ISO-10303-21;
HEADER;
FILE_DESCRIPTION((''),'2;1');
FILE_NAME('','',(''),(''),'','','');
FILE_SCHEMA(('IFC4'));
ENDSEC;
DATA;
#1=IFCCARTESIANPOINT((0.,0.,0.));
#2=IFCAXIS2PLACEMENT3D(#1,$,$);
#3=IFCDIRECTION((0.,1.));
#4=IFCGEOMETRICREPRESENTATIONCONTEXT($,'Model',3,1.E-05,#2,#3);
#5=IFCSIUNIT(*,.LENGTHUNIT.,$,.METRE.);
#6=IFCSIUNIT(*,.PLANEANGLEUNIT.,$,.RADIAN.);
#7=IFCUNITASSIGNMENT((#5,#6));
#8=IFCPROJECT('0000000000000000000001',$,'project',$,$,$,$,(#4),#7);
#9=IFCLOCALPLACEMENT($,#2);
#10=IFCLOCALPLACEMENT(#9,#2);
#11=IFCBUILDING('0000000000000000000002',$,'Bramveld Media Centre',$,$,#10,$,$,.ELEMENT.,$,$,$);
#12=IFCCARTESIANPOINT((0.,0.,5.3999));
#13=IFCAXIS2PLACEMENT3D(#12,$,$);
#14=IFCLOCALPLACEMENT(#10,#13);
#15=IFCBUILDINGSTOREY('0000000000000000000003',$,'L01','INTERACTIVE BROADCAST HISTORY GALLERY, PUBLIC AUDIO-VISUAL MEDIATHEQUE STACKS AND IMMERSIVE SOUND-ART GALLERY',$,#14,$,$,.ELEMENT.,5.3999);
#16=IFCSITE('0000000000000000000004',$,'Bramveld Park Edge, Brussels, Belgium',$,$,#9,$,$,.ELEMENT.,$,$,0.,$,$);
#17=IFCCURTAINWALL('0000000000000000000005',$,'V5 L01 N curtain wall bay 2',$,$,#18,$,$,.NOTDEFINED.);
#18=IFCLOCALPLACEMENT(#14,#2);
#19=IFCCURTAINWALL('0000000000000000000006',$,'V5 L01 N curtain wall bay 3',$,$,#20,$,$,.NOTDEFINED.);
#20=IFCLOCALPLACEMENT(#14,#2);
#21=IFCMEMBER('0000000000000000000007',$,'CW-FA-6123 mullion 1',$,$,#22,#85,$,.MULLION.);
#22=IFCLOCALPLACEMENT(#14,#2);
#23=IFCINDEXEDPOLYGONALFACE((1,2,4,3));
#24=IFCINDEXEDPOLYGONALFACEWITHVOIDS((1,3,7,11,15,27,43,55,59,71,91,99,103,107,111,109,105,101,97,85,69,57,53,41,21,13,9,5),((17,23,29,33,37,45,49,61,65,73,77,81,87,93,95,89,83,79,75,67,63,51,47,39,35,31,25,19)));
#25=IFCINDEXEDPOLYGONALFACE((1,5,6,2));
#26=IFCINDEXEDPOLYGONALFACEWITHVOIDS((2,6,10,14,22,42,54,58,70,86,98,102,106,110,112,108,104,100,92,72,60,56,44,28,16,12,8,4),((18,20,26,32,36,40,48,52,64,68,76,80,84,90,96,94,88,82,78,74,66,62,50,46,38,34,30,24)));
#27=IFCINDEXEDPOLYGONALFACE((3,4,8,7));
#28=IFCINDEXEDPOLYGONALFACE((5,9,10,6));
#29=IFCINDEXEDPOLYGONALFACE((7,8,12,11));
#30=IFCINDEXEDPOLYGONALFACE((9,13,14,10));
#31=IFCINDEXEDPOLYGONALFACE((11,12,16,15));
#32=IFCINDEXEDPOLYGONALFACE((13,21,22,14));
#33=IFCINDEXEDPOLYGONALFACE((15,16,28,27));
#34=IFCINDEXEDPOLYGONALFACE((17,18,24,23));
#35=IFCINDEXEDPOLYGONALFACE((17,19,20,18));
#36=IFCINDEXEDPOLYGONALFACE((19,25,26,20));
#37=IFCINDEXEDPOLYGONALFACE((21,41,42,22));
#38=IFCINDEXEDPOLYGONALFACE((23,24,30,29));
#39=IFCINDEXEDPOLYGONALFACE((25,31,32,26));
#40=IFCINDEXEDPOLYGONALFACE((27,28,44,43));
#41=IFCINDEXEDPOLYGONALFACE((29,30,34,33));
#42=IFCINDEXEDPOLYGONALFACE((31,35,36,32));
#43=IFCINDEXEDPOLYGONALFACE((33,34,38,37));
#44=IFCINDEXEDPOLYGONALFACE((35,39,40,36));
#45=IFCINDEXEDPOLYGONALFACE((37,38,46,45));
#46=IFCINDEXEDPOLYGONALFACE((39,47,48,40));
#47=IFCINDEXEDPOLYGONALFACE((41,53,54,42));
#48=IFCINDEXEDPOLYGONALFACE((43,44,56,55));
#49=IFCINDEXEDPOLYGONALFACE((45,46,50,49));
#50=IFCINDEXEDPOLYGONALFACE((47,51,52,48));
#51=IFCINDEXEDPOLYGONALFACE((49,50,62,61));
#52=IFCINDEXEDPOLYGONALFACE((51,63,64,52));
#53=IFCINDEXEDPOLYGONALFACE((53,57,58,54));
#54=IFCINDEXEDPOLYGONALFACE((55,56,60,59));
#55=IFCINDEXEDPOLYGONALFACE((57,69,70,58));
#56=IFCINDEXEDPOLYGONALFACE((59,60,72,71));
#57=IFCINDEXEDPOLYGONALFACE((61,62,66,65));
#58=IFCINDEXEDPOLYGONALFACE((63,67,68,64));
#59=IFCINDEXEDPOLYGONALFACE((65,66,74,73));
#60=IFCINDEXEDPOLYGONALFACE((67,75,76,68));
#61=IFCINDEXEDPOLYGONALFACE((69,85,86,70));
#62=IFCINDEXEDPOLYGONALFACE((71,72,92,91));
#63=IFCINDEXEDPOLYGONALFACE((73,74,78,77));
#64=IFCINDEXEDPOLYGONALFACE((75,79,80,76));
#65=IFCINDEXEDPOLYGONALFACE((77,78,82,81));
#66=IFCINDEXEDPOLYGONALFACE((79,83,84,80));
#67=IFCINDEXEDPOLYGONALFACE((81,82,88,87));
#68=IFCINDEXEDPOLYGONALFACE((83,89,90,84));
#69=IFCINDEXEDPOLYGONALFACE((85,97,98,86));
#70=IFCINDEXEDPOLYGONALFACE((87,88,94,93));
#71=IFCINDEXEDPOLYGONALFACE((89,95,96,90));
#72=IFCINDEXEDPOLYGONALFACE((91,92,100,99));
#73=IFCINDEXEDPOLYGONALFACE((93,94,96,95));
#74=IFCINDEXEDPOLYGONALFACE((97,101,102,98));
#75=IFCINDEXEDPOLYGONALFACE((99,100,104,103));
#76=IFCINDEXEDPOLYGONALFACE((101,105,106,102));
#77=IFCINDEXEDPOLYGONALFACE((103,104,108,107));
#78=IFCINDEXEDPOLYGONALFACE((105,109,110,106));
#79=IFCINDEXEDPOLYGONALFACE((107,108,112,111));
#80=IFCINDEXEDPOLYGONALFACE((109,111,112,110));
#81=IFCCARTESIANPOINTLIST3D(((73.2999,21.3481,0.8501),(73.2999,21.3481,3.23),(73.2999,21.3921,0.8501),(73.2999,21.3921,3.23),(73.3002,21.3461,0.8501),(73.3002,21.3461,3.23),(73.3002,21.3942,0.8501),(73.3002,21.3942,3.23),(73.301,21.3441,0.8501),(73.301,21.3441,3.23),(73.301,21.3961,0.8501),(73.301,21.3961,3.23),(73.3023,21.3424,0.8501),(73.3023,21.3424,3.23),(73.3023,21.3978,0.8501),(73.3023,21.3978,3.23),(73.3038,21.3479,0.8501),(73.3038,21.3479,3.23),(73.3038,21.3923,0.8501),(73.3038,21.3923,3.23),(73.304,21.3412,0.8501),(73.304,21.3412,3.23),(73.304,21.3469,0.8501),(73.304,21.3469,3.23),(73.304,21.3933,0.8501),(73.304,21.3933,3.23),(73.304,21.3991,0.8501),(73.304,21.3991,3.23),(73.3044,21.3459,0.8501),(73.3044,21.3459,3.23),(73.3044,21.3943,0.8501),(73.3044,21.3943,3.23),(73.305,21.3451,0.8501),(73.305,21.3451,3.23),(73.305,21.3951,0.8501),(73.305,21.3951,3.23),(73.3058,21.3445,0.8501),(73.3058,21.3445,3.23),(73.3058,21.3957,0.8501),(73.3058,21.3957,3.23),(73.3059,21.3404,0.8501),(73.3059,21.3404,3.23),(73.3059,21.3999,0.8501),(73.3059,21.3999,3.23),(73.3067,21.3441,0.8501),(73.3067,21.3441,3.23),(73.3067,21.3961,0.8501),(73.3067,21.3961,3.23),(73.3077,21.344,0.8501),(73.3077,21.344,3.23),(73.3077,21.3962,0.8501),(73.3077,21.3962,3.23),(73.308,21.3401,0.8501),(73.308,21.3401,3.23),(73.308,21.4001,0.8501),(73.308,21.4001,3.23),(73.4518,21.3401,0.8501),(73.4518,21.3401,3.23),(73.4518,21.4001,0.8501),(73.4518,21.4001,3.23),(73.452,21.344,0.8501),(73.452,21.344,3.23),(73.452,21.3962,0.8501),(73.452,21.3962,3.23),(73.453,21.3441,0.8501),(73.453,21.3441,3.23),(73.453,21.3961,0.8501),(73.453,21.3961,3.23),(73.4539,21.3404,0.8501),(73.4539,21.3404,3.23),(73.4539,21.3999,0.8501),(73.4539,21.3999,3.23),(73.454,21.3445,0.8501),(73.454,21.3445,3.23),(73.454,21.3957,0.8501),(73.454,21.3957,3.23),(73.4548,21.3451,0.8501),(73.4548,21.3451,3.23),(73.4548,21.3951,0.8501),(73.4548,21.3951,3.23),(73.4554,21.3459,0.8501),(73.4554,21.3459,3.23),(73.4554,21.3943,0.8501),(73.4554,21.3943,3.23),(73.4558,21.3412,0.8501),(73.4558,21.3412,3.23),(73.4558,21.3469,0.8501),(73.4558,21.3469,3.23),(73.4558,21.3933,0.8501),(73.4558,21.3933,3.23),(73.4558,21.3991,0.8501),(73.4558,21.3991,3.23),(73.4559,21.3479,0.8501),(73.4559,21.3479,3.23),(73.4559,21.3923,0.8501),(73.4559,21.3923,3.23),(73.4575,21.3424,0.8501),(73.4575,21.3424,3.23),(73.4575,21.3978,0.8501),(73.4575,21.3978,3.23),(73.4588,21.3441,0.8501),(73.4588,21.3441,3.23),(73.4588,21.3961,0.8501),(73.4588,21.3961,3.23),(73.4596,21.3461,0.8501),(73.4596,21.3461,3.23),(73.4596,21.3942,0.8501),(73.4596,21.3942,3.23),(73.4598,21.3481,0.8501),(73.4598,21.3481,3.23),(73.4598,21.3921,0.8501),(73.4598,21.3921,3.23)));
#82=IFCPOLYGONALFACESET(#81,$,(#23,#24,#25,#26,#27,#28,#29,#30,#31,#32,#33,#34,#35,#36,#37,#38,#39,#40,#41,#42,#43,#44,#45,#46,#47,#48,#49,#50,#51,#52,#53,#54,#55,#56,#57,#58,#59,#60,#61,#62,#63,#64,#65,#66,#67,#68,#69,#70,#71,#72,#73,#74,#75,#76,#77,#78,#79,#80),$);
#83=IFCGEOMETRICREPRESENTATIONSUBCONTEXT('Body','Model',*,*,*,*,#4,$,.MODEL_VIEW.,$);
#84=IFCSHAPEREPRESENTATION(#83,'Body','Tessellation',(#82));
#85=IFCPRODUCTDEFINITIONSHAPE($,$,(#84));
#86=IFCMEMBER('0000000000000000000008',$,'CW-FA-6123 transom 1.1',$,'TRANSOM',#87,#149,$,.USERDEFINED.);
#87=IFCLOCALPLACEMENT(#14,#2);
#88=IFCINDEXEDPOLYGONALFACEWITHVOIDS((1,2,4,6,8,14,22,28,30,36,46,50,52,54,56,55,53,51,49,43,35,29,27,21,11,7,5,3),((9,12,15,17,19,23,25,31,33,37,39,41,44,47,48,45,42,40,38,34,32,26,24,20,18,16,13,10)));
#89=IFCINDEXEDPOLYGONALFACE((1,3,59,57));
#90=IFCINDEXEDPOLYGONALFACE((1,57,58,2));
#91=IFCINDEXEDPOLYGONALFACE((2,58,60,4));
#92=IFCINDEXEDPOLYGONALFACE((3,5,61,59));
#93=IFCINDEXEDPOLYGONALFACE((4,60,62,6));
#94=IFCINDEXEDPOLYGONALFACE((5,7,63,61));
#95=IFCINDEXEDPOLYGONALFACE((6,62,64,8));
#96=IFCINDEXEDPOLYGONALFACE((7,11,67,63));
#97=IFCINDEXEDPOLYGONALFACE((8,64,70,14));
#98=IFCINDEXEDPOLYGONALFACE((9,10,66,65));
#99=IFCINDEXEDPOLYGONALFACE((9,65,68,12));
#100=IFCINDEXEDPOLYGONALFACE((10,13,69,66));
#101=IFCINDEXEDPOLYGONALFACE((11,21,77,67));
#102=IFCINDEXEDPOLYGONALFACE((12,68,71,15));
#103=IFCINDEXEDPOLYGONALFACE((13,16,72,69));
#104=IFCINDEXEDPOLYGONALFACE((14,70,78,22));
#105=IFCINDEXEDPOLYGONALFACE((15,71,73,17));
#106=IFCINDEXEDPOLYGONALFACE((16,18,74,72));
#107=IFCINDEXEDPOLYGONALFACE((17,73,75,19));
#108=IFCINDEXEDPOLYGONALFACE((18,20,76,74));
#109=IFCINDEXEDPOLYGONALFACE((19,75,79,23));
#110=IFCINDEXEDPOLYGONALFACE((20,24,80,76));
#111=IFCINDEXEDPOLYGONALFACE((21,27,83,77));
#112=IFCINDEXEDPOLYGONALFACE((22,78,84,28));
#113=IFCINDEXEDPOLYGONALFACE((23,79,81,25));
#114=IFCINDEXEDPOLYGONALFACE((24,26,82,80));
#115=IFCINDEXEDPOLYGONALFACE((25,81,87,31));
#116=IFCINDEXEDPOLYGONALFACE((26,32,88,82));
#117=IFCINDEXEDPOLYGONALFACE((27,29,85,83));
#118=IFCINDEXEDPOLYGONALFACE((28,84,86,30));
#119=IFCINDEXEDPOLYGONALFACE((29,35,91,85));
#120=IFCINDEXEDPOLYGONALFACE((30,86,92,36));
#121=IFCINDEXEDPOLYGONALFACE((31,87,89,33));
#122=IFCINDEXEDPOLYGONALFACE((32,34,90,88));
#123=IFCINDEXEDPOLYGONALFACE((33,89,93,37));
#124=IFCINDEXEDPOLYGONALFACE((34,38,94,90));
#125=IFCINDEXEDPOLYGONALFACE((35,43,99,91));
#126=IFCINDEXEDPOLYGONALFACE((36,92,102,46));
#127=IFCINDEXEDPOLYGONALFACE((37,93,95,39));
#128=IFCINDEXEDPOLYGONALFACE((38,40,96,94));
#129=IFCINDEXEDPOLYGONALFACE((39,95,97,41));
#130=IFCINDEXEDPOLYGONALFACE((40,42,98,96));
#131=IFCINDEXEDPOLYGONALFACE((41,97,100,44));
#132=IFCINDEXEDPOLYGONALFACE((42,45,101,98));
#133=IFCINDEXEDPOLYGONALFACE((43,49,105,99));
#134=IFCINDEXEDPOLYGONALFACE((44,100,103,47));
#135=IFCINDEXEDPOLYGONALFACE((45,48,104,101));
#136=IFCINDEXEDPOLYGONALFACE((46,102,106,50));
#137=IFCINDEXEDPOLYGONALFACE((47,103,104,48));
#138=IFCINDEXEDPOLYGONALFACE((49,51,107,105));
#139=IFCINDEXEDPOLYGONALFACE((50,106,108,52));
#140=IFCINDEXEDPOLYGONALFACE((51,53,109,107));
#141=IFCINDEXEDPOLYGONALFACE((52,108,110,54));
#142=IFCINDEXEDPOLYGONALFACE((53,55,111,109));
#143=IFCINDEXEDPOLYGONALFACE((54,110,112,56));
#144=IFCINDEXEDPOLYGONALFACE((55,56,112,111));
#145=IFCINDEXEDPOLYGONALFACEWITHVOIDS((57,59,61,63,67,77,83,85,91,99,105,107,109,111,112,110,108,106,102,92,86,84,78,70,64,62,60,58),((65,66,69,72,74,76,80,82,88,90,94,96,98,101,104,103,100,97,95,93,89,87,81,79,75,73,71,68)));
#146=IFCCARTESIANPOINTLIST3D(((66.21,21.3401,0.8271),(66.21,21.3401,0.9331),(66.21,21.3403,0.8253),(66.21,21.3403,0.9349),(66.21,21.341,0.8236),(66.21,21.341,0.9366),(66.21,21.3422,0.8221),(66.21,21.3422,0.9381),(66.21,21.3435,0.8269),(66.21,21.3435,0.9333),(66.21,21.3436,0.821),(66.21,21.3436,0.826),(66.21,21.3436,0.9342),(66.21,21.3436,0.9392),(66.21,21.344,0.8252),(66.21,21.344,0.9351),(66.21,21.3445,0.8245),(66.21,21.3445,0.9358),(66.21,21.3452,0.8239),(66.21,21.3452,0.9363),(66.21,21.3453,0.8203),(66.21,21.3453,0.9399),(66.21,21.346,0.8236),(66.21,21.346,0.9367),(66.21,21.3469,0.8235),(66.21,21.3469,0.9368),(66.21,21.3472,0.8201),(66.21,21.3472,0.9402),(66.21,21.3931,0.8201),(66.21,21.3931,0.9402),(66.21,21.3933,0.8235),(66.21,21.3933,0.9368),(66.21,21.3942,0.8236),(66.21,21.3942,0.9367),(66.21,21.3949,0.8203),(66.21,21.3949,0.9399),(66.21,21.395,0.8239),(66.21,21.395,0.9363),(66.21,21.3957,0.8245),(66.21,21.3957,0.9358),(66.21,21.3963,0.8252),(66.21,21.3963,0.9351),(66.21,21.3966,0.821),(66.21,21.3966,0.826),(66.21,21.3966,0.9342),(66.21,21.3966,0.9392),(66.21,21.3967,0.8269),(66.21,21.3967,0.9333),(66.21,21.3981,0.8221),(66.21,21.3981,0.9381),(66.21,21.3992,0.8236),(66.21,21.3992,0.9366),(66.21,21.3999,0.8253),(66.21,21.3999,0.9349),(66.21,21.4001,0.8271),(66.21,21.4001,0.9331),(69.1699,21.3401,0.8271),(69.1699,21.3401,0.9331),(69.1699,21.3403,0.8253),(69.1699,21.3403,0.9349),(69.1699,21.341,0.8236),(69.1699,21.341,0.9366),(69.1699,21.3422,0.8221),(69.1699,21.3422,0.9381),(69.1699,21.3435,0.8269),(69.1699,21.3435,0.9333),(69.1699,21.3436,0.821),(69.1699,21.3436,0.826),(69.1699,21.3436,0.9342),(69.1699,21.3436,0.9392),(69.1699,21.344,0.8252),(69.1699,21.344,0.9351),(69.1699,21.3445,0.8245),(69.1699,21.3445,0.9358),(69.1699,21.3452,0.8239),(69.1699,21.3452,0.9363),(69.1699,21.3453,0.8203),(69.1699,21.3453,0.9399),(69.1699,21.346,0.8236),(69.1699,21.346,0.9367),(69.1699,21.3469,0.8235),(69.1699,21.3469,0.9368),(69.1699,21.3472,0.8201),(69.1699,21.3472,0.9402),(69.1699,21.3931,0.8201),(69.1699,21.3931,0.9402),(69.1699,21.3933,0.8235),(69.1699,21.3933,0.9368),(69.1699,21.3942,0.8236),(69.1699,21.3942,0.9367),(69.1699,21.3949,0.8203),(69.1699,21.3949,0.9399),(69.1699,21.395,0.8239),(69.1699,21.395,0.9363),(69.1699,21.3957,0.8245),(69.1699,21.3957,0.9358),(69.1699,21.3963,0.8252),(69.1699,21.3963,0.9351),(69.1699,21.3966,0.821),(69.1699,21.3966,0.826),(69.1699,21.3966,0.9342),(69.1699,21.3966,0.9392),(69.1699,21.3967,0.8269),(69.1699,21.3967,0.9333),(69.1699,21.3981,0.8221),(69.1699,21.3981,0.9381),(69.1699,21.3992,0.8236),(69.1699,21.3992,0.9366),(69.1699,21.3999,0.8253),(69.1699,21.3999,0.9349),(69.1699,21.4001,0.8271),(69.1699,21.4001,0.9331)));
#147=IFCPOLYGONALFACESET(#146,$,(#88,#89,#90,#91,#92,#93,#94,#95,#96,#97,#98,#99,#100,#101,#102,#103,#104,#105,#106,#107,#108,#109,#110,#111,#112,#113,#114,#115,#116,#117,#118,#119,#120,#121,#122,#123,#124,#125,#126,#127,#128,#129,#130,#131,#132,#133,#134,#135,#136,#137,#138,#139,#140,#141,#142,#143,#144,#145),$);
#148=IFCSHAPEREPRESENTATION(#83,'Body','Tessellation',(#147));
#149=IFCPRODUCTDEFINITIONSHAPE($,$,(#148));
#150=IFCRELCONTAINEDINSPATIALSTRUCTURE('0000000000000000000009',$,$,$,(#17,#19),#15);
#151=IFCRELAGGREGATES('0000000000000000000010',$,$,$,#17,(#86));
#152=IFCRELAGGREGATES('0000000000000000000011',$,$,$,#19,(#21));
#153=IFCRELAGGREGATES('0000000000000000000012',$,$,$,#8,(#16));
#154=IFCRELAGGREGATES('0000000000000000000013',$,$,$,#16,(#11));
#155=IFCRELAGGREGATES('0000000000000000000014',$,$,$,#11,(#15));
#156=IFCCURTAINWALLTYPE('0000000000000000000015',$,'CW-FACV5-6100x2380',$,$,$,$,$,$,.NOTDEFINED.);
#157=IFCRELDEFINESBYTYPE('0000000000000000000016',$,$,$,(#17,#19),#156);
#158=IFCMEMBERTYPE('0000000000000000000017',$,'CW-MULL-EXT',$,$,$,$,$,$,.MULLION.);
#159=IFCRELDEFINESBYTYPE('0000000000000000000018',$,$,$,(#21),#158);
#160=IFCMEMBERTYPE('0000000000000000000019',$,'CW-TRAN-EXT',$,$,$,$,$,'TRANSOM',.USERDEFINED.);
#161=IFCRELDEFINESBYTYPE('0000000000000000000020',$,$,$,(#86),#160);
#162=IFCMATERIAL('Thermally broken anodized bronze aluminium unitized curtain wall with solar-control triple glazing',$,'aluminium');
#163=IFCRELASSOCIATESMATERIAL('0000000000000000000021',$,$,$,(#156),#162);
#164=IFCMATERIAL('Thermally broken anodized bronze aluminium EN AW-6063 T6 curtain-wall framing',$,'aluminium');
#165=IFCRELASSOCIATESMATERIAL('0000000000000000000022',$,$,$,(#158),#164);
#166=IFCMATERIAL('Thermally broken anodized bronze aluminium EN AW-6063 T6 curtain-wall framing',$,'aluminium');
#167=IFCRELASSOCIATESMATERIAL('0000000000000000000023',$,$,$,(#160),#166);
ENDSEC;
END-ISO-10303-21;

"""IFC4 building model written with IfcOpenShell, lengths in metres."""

from ifc_helpers import new_model, si_unit, direction, frame, origin, origin_2d, place, context, subcontext, project, spatial, hollow_rectangle, extrude, material, material_profile, profile_set, type_object, element, aggregate, save


model = new_model("IFC4")

# Units and contexts
model_context = context("Model", 3, precision=1e-05, world=origin(), true_north=direction((0.0, 1.0)))
body_context = subcontext(model_context, "Body", "Model", "MODEL_VIEW")
ifc_project = project(units=[si_unit("LENGTHUNIT", "METRE"), si_unit("PLANEANGLEUNIT", "RADIAN")], contexts=[model_context])

# Site, building, storey
site_placement = place(None, origin())
site = spatial("IfcSite", under=ifc_project, at=site_placement, Name="Bramveld Park Edge, Brussels, Belgium", CompositionType="ELEMENT", RefElevation=0.0)
building_placement = place(site_placement, origin())
building = spatial("IfcBuilding", under=site, at=building_placement, Name="Bramveld Media Centre", CompositionType="ELEMENT")
storey_placement = place(building_placement, frame((0.0, 0.0, 5.3999)))
storey = spatial("IfcBuildingStorey", under=building, at=storey_placement, Name="L01", Description="INTERACTIVE BROADCAST HISTORY GALLERY, PUBLIC AUDIO-VISUAL MEDIATHEQUE STACKS AND IMMERSIVE SOUND-ART GALLERY", CompositionType="ELEMENT", Elevation=5.3999)

# Curtain wall
ifc_material_1 = material(Name="Thermally broken anodized bronze aluminium unitized curtain wall with solar-control triple glazing", Category="aluminium")
curtain_wall_type = type_object("IfcCurtainWallType", Name="CW-FACV5-6100x2380", PredefinedType="NOTDEFINED", material=ifc_material_1)
curtain_wall_1_placement = place(storey_placement, origin())
curtain_wall_1 = element("IfcCurtainWall", 1, at=curtain_wall_1_placement, inside=storey, type_object=curtain_wall_type, Name="V5 L01 N curtain wall bay 2", PredefinedType="NOTDEFINED")
ifc_material_2 = material(Name="Thermally broken anodized bronze aluminium EN AW-6063 T6 curtain-wall framing", Category="aluminium")
ifc_material_profile_1 = material_profile(ifc_material_2, hollow_rectangle(XDim=0.0601, YDim=0.1599, WallThickness=0.0039, InnerFilletRadius=0.0039, OuterFilletRadius=0.0081, at=origin_2d()), Name="AL-MULL 60x160")
ifc_profile_set_1 = profile_set([ifc_material_profile_1], Name="Thermally broken anodized bronze aluminium EN AW-6063 T6 curtain-wall framing")
member_type_1 = type_object("IfcMemberType", Name="CW-MULL-EXT", PredefinedType="MULLION", material=ifc_profile_set_1)

# Curtain wall, member
curtain_wall_2_placement = place(storey_placement, origin())
curtain_wall_2 = element("IfcCurtainWall", 2, at=curtain_wall_2_placement, inside=storey, type_object=curtain_wall_type, Name="V5 L01 N curtain wall bay 3", PredefinedType="NOTDEFINED")
member_1_placement = place(storey_placement, frame((73.3799, 21.3701, 0.8501), z_axis=(0.0, 0.0, 1.0), x_axis=(0.0, 1.0, 0.0)))
member_1 = element("IfcMember", 3, at=member_1_placement, type_object=member_type_1, Name="CW-FA-6123 mullion 1", PredefinedType="MULLION", context=body_context, shape_type="SweptSolid", body=[
    extrude(hollow_rectangle(XDim=0.0601, YDim=0.1599, WallThickness=0.0039, InnerFilletRadius=0.0039, OuterFilletRadius=0.0081, at=origin_2d()), origin(), (0.0, 0.0, 1.0), 2.3799),
])

# Member
ifc_material_3 = material(Name="Thermally broken anodized bronze aluminium EN AW-6063 T6 curtain-wall framing", Category="aluminium")
ifc_material_profile_2 = material_profile(ifc_material_3, hollow_rectangle(XDim=0.0601, YDim=0.1201, WallThickness=0.0034, InnerFilletRadius=0.0034, OuterFilletRadius=0.0071, at=origin_2d()), Name="AL-TRAN 60x120")
ifc_profile_set_2 = profile_set([ifc_material_profile_2], Name="Thermally broken anodized bronze aluminium EN AW-6063 T6 curtain-wall framing")
member_type_2 = type_object("IfcMemberType", Name="CW-TRAN-EXT", ElementType="TRANSOM", PredefinedType="USERDEFINED", material=ifc_profile_set_2)
member_2_placement = place(storey_placement, frame((66.21, 21.3701, 0.8801), z_axis=(1.0, 0.0, 0.0), x_axis=(0.0, 1.0, 0.0)))
member_2 = element("IfcMember", 4, at=member_2_placement, type_object=member_type_2, Name="CW-FA-6123 transom 1.1", ObjectType="TRANSOM", PredefinedType="USERDEFINED", context=body_context, shape_type="SweptSolid", body=[
    extrude(hollow_rectangle(XDim=0.0601, YDim=0.1201, WallThickness=0.0034, InnerFilletRadius=0.0034, OuterFilletRadius=0.0071, at=origin_2d()), origin(), (0.0, 0.0, 1.0), 2.96),
])

aggregate(curtain_wall_1, [member_2])
aggregate(curtain_wall_2, [member_1])

save(model, "model.ifc")
